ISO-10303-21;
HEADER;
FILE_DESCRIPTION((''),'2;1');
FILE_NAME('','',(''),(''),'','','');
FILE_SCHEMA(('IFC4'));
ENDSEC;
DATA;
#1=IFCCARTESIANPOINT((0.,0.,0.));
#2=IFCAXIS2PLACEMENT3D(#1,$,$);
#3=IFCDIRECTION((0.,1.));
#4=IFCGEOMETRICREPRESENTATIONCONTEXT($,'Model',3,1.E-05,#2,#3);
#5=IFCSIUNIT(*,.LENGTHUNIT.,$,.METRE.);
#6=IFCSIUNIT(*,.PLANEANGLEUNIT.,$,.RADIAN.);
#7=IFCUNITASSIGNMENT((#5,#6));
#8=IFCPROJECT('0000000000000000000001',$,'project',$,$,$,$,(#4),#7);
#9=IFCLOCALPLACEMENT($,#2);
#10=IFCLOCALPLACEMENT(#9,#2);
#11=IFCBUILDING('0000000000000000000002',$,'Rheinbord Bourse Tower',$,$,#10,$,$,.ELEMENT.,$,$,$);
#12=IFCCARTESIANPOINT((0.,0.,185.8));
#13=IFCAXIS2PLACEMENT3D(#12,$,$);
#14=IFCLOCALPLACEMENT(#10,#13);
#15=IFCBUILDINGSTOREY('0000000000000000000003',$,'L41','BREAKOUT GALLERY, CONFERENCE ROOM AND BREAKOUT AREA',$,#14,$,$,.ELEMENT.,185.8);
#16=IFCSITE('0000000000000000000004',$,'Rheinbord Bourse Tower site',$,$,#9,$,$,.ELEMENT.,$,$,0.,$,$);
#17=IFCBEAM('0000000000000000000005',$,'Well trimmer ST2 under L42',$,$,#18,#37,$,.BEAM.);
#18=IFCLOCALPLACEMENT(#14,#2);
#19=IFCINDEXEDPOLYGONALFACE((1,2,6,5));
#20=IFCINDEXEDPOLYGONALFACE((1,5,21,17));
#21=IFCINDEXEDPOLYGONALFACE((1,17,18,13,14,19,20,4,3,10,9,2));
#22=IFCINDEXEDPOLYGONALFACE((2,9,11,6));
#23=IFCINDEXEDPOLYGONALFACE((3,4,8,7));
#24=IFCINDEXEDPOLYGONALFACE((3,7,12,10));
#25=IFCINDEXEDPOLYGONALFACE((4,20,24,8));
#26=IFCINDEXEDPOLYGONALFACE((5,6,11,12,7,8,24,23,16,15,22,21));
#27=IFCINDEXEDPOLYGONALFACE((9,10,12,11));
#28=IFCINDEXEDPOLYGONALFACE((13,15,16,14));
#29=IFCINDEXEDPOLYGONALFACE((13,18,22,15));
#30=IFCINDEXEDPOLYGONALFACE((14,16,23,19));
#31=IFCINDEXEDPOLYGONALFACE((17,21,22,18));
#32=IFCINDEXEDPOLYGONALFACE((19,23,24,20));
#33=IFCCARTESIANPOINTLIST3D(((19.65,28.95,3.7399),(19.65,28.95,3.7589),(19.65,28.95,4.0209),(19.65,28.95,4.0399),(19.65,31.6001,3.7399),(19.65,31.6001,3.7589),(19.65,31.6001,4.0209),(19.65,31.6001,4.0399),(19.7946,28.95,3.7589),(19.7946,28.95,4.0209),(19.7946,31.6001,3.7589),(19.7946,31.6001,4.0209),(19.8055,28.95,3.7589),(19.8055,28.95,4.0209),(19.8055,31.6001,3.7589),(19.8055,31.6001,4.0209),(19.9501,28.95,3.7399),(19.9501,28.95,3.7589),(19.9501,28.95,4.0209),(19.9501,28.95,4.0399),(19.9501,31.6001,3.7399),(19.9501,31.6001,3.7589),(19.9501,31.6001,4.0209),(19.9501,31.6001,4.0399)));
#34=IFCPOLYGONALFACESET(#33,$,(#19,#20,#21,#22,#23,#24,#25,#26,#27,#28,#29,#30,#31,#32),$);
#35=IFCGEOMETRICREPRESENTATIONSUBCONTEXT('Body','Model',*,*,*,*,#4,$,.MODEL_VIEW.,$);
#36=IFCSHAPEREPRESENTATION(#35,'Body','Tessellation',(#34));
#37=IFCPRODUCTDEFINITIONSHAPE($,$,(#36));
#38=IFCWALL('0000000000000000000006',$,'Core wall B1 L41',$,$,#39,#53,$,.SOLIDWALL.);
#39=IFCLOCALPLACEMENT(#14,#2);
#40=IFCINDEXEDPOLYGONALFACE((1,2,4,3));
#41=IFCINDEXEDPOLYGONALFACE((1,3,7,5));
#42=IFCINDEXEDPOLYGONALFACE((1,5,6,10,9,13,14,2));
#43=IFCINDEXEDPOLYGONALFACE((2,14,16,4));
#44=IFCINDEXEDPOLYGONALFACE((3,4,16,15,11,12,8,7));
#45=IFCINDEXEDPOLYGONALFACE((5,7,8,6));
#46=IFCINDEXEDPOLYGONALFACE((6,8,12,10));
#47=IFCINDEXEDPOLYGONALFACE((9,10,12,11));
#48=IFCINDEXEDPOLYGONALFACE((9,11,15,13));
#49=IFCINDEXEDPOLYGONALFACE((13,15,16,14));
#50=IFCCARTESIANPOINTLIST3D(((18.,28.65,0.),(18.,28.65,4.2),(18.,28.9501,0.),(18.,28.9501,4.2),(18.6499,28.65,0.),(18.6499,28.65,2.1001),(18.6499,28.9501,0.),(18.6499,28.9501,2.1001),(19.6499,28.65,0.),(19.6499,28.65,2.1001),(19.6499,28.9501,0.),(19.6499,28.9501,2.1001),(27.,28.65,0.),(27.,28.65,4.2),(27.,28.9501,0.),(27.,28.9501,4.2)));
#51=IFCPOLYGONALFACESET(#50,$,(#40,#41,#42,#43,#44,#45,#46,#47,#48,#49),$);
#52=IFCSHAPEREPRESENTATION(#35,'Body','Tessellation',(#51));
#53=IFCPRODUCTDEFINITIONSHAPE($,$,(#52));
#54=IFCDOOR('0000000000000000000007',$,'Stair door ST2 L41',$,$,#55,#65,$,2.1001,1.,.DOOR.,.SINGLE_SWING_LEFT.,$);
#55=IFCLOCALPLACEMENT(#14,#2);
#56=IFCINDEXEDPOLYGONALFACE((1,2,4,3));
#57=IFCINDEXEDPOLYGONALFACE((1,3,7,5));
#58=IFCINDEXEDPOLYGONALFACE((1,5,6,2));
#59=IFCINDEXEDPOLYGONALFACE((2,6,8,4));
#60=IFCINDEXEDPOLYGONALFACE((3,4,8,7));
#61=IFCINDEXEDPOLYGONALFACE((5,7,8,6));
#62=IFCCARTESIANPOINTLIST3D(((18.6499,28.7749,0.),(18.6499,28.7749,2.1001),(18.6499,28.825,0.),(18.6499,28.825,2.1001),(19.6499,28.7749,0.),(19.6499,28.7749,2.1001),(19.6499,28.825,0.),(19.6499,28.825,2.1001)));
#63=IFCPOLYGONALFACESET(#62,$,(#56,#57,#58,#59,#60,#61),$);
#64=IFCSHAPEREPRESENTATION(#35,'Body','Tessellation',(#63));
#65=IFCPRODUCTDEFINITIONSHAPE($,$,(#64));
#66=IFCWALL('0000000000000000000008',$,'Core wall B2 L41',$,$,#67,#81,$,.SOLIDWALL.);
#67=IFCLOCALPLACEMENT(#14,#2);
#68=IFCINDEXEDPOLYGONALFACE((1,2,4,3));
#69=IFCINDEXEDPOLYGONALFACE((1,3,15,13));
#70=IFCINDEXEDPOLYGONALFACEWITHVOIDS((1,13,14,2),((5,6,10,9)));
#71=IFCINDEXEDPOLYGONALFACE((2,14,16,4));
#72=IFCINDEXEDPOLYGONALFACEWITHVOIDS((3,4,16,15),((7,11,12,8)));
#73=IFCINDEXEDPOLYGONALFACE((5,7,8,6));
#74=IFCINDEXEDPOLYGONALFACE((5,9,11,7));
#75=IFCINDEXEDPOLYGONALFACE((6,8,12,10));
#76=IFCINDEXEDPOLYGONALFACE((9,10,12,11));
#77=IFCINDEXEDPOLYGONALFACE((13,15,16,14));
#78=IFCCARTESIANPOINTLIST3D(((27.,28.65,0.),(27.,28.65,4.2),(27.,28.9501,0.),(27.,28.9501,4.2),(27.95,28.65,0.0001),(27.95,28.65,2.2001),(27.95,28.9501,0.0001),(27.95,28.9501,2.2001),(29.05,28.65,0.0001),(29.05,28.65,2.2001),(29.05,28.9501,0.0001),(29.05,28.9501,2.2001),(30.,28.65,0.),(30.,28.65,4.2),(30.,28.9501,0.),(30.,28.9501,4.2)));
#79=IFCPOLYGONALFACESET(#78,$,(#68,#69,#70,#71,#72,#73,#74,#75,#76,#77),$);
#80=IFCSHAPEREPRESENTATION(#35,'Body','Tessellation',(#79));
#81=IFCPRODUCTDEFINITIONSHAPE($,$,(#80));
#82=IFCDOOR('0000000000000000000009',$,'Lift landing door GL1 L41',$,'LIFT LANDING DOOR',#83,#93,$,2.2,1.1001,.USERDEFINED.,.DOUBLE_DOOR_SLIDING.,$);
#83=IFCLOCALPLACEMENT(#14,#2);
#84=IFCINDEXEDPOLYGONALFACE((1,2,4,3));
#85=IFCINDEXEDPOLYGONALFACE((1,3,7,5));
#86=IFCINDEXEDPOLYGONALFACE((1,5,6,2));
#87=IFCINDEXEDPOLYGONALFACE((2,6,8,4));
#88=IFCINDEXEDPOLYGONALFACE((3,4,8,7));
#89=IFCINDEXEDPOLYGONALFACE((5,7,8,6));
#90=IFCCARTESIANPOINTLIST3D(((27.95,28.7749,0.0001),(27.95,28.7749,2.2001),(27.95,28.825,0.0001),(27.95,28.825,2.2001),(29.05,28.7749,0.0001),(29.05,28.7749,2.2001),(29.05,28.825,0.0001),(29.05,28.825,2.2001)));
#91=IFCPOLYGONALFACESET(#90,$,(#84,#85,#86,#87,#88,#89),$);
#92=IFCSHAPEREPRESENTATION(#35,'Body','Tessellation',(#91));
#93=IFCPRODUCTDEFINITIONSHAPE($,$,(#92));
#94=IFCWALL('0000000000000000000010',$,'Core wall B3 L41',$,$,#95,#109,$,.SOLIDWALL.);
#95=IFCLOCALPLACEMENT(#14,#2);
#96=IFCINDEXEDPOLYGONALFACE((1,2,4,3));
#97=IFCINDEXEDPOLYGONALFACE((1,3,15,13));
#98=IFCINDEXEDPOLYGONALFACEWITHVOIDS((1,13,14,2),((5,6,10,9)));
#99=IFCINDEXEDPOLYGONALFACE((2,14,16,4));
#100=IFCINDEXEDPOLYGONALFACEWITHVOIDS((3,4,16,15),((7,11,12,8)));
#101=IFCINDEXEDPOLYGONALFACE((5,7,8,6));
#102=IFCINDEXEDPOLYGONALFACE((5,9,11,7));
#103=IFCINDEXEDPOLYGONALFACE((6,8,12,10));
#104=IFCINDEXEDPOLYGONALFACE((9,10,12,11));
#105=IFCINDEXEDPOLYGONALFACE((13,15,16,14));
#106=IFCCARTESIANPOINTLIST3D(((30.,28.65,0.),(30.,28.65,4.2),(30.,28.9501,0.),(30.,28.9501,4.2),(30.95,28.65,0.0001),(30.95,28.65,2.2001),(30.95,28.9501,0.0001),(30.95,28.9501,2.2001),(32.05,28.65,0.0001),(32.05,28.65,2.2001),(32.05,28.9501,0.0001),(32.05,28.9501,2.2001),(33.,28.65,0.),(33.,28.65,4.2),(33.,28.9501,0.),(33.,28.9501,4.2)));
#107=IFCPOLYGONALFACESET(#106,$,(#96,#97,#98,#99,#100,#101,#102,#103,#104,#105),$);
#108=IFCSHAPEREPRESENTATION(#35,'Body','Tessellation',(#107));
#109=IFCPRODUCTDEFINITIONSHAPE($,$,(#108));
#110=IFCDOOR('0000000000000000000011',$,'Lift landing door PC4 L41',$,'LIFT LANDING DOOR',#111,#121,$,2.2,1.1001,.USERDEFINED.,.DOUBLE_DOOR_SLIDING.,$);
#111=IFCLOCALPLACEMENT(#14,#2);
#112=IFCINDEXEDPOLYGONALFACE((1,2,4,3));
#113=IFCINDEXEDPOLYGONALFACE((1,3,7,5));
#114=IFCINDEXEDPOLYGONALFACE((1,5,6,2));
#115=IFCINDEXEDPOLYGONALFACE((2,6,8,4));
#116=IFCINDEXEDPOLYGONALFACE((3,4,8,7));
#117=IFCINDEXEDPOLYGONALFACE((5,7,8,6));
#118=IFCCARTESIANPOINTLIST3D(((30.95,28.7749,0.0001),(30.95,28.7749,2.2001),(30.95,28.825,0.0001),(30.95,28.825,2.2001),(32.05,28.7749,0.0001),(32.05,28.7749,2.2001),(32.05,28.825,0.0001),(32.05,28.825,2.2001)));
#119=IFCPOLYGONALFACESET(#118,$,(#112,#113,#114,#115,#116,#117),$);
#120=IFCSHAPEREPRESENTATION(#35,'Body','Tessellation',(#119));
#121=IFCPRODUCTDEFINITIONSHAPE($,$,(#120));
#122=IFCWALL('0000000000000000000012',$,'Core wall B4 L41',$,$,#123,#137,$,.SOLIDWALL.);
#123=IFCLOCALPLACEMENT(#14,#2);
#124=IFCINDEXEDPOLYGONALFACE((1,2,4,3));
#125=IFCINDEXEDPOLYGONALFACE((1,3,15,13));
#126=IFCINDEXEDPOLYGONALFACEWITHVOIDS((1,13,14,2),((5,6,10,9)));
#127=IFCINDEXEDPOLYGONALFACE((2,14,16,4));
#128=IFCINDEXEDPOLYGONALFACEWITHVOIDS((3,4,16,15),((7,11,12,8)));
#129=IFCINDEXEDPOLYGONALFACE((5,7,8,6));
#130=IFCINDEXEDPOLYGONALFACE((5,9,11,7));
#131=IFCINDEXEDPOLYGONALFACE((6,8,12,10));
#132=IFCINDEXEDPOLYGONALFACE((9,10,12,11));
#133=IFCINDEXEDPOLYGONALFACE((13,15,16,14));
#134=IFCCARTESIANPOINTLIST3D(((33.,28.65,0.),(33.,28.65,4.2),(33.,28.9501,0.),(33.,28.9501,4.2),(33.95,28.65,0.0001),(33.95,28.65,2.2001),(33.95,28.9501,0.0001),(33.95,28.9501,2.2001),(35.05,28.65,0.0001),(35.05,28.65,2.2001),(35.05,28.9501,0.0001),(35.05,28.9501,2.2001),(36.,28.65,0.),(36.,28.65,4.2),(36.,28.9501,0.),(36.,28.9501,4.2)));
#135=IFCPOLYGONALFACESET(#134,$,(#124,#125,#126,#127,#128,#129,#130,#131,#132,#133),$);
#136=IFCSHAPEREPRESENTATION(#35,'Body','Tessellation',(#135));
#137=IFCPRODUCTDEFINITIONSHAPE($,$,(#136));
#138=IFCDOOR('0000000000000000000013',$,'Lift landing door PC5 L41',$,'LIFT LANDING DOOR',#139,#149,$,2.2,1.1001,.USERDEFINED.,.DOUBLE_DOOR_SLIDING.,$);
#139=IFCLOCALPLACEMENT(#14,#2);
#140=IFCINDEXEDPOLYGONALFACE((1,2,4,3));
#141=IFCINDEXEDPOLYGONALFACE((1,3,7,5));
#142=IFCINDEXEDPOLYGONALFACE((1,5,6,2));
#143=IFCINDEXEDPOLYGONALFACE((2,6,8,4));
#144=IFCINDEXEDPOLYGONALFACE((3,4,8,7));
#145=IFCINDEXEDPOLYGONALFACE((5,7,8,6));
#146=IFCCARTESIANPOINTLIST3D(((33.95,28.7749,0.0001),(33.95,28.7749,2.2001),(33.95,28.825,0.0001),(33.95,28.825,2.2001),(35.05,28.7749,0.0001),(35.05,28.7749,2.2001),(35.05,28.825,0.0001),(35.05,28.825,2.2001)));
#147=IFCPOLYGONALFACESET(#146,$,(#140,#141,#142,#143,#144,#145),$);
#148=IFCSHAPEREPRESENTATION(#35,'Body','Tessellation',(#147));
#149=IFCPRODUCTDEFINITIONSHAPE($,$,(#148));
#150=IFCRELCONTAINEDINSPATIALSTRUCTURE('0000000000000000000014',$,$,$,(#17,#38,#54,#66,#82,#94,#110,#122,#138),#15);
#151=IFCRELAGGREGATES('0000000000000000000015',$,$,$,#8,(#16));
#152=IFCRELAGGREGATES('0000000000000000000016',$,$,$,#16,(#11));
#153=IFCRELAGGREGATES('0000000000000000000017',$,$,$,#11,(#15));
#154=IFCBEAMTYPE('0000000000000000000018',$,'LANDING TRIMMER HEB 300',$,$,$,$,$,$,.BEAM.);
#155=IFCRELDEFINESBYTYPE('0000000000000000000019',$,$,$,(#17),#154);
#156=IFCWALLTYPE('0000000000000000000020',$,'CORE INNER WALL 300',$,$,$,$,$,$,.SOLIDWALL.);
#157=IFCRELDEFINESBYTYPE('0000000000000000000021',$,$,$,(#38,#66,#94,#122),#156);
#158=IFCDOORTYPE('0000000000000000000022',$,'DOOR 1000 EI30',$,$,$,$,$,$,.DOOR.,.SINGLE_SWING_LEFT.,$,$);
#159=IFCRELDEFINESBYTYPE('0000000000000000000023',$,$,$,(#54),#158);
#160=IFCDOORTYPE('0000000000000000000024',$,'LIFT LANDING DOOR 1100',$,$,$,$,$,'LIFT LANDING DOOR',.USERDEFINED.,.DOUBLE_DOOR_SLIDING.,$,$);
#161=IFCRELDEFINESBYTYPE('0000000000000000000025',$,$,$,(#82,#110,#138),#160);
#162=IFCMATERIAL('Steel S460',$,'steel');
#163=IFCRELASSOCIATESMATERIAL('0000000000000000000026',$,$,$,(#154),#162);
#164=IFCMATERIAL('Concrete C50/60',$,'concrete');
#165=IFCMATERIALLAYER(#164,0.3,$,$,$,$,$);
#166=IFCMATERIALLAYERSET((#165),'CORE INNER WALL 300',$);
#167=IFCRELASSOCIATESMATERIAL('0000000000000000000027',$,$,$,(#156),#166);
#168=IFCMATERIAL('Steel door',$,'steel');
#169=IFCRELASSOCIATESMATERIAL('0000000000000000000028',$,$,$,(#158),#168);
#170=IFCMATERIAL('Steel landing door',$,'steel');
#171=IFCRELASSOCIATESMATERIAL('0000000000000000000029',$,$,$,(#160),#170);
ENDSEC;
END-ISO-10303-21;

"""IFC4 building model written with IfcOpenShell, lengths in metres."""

from ifc_helpers import new_model, si_unit, direction, frame, frame_2d, origin, origin_2d, place, context, subcontext, project, spatial, rectangle, i_section, extrude, material, layer, layer_set, material_profile, profile_set, type_object, element, fill, save


model = new_model("IFC4")

# Units and contexts
model_context = context("Model", 3, precision=1e-05, world=origin(), true_north=direction((0.0, 1.0)))
body_context = subcontext(model_context, "Body", "Model", "MODEL_VIEW")
ifc_project = project(units=[si_unit("LENGTHUNIT", "METRE"), si_unit("PLANEANGLEUNIT", "RADIAN")], contexts=[model_context])

# Site, building, storey
site_placement = place(None, origin())
site = spatial("IfcSite", under=ifc_project, at=site_placement, Name="Rheinbord Bourse Tower site", CompositionType="ELEMENT", RefElevation=0.0)
building_placement = place(site_placement, origin())
building = spatial("IfcBuilding", under=site, at=building_placement, Name="Rheinbord Bourse Tower", CompositionType="ELEMENT")
storey_placement = place(building_placement, frame((0.0, 0.0, 185.8)))
storey = spatial("IfcBuildingStorey", under=building, at=storey_placement, Name="L41", Description="BREAKOUT GALLERY, CONFERENCE ROOM AND BREAKOUT AREA", CompositionType="ELEMENT", Elevation=185.8)

# Beam
ifc_material_1 = material(Name="Steel S460", Category="steel")
ifc_material_profile = material_profile(ifc_material_1, i_section(OverallWidth=0.3, OverallDepth=0.3, WebThickness=0.011, FlangeThickness=0.019, at=origin_2d()), Name="HEB 300")
ifc_profile_set = profile_set([ifc_material_profile], Name="Steel S460")
beam_type = type_object("IfcBeamType", Name="LANDING TRIMMER HEB 300", PredefinedType="BEAM", material=ifc_profile_set)
beam_placement = place(storey_placement, frame((19.8, 28.95, 3.8899), z_axis=(0.0, 1.0, 0.0), x_axis=(-1.0, 0.0, 0.0)))
element("IfcBeam", 1, at=beam_placement, inside=storey, type_object=beam_type, Name="Well trimmer ST2 under L42", PredefinedType="BEAM", context=body_context, shape_type="SweptSolid", body=[
    extrude(i_section(OverallWidth=0.3, OverallDepth=0.3, WebThickness=0.011, FlangeThickness=0.019, at=origin_2d()), origin(), (0.0, 0.0, 1.0), 2.6501),
])

# Walls, openings, doors
ifc_material_2 = material(Name="Concrete C50/60", Category="concrete")
ifc_layer_1 = layer(ifc_material_2, 0.3)
ifc_layer_set_1 = layer_set([ifc_layer_1], Name="CORE INNER WALL 300")
wall_type_1 = type_object("IfcWallType", Name="CORE INNER WALL 300", PredefinedType="SOLIDWALL", material=ifc_layer_set_1)
wall_1_placement = place(storey_placement, frame((18.0, 28.8, 0.0), z_axis=(0.0, 0.0, 1.0), x_axis=(1.0, 0.0, 0.0)))
wall_1 = element("IfcWall", 2, at=wall_1_placement, inside=storey, type_object=wall_type_1, Name="Core wall B1 L41", PredefinedType="SOLIDWALL", context=body_context, shape_type="SweptSolid", body=[
    extrude(rectangle(XDim=9.0, YDim=0.3, at=frame_2d((4.5, 0.0))), origin(), (0.0, 0.0, 1.0), 4.2),
])
opening_1_placement = place(wall_1_placement, frame((0.6499, 0.0, 0.0)))
opening_1 = element("IfcOpeningElement", 3, at=opening_1_placement, cuts=wall_1, PredefinedType="OPENING", context=body_context, shape_type="SweptSolid", body=[
    extrude(rectangle(XDim=1.0, YDim=2.1001, at=frame_2d((0.5, 1.05))), frame((0.0, 0.1599, 0.0), z_axis=(0.0, -1.0, 0.0), x_axis=(1.0, 0.0, 0.0)), (0.0, 0.0, 1.0), 0.3201),
])
ifc_material_3 = material(Name="Steel door", Category="steel")
door_type_1 = type_object("IfcDoorType", Name="DOOR 1000 EI30", OperationType="SINGLE_SWING_LEFT", PredefinedType="DOOR", material=ifc_material_3)
door_1_placement = place(opening_1_placement, origin())
door_1 = element("IfcDoor", 4, at=door_1_placement, inside=storey, type_object=door_type_1, Name="Stair door ST2 L41", OperationType="SINGLE_SWING_LEFT", OverallHeight=2.1001, OverallWidth=1.0, PredefinedType="DOOR", context=body_context, shape_type="SweptSolid", body=[
    extrude(rectangle(XDim=1.0, YDim=2.1001, at=frame_2d((0.5, 1.05))), frame((0.0, 0.0249, 0.0), z_axis=(0.0, -1.0, 0.0), x_axis=(1.0, 0.0, 0.0)), (0.0, 0.0, 1.0), 0.05),
])
fill(opening_1, door_1)
wall_2_placement = place(storey_placement, frame((27.0, 28.8, 0.0), z_axis=(0.0, 0.0, 1.0), x_axis=(1.0, 0.0, 0.0)))
wall_2 = element("IfcWall", 5, at=wall_2_placement, inside=storey, type_object=wall_type_1, Name="Core wall B2 L41", PredefinedType="SOLIDWALL", context=body_context, shape_type="SweptSolid", body=[
    extrude(rectangle(XDim=3.0, YDim=0.3, at=frame_2d((1.5, 0.0))), origin(), (0.0, 0.0, 1.0), 4.2),
])
opening_2_placement = place(wall_2_placement, frame((0.95, 0.0, 0.0)))
opening_2 = element("IfcOpeningElement", 6, at=opening_2_placement, cuts=wall_2, PredefinedType="OPENING", context=body_context, shape_type="SweptSolid", body=[
    extrude(rectangle(XDim=1.1001, YDim=2.2, at=frame_2d((0.55, 1.1001))), frame((0.0, 0.1599, 0.0), z_axis=(0.0, -1.0, 0.0), x_axis=(1.0, 0.0, 0.0)), (0.0, 0.0, 1.0), 0.3201),
])
ifc_material_4 = material(Name="Steel landing door", Category="steel")
door_type_2 = type_object("IfcDoorType", Name="LIFT LANDING DOOR 1100", ElementType="LIFT LANDING DOOR", OperationType="DOUBLE_DOOR_SLIDING", PredefinedType="USERDEFINED", material=ifc_material_4)
door_2_placement = place(opening_2_placement, origin())
door_2 = element("IfcDoor", 7, at=door_2_placement, inside=storey, type_object=door_type_2, Name="Lift landing door GL1 L41", ObjectType="LIFT LANDING DOOR", OperationType="DOUBLE_DOOR_SLIDING", OverallHeight=2.2, OverallWidth=1.1001, PredefinedType="USERDEFINED", context=body_context, shape_type="SweptSolid", body=[
    extrude(rectangle(XDim=1.1001, YDim=2.2, at=frame_2d((0.55, 1.1001))), frame((0.0, 0.0249, 0.0), z_axis=(0.0, -1.0, 0.0), x_axis=(1.0, 0.0, 0.0)), (0.0, 0.0, 1.0), 0.05),
])
fill(opening_2, door_2)
wall_3_placement = place(storey_placement, frame((30.0, 28.8, 0.0), z_axis=(0.0, 0.0, 1.0), x_axis=(1.0, 0.0, 0.0)))
wall_3 = element("IfcWall", 8, at=wall_3_placement, inside=storey, type_object=wall_type_1, Name="Core wall B3 L41", PredefinedType="SOLIDWALL", context=body_context, shape_type="SweptSolid", body=[
    extrude(rectangle(XDim=3.0, YDim=0.3, at=frame_2d((1.5, 0.0))), origin(), (0.0, 0.0, 1.0), 4.2),
])
opening_3_placement = place(wall_3_placement, frame((0.95, 0.0, 0.0)))
opening_3 = element("IfcOpeningElement", 9, at=opening_3_placement, cuts=wall_3, PredefinedType="OPENING", context=body_context, shape_type="SweptSolid", body=[
    extrude(rectangle(XDim=1.1001, YDim=2.2, at=frame_2d((0.55, 1.1001))), frame((0.0, 0.1599, 0.0), z_axis=(0.0, -1.0, 0.0), x_axis=(1.0, 0.0, 0.0)), (0.0, 0.0, 1.0), 0.3201),
])
door_3_placement = place(opening_3_placement, origin())
door_3 = element("IfcDoor", 10, at=door_3_placement, inside=storey, type_object=door_type_2, Name="Lift landing door PC4 L41", ObjectType="LIFT LANDING DOOR", OperationType="DOUBLE_DOOR_SLIDING", OverallHeight=2.2, OverallWidth=1.1001, PredefinedType="USERDEFINED", context=body_context, shape_type="SweptSolid", body=[
    extrude(rectangle(XDim=1.1001, YDim=2.2, at=frame_2d((0.55, 1.1001))), frame((0.0, 0.0249, 0.0), z_axis=(0.0, -1.0, 0.0), x_axis=(1.0, 0.0, 0.0)), (0.0, 0.0, 1.0), 0.05),
])
fill(opening_3, door_3)
wall_4_placement = place(storey_placement, frame((33.0, 28.8, 0.0), z_axis=(0.0, 0.0, 1.0), x_axis=(1.0, 0.0, 0.0)))
wall_4 = element("IfcWall", 11, at=wall_4_placement, inside=storey, type_object=wall_type_1, Name="Core wall B4 L41", PredefinedType="SOLIDWALL", context=body_context, shape_type="SweptSolid", body=[
    extrude(rectangle(XDim=3.0, YDim=0.3, at=frame_2d((1.5, 0.0))), origin(), (0.0, 0.0, 1.0), 4.2),
])
opening_4_placement = place(wall_4_placement, frame((0.95, 0.0, 0.0)))
opening_4 = element("IfcOpeningElement", 12, at=opening_4_placement, cuts=wall_4, PredefinedType="OPENING", context=body_context, shape_type="SweptSolid", body=[
    extrude(rectangle(XDim=1.1001, YDim=2.2, at=frame_2d((0.55, 1.1001))), frame((0.0, 0.1599, 0.0), z_axis=(0.0, -1.0, 0.0), x_axis=(1.0, 0.0, 0.0)), (0.0, 0.0, 1.0), 0.3201),
])
door_4_placement = place(opening_4_placement, origin())
door_4 = element("IfcDoor", 13, at=door_4_placement, inside=storey, type_object=door_type_2, Name="Lift landing door PC5 L41", ObjectType="LIFT LANDING DOOR", OperationType="DOUBLE_DOOR_SLIDING", OverallHeight=2.2, OverallWidth=1.1001, PredefinedType="USERDEFINED", context=body_context, shape_type="SweptSolid", body=[
    extrude(rectangle(XDim=1.1001, YDim=2.2, at=frame_2d((0.55, 1.1001))), frame((0.0, 0.0249, 0.0), z_axis=(0.0, -1.0, 0.0), x_axis=(1.0, 0.0, 0.0)), (0.0, 0.0, 1.0), 0.05),
])
fill(opening_4, door_4)

save(model, "model.ifc")
